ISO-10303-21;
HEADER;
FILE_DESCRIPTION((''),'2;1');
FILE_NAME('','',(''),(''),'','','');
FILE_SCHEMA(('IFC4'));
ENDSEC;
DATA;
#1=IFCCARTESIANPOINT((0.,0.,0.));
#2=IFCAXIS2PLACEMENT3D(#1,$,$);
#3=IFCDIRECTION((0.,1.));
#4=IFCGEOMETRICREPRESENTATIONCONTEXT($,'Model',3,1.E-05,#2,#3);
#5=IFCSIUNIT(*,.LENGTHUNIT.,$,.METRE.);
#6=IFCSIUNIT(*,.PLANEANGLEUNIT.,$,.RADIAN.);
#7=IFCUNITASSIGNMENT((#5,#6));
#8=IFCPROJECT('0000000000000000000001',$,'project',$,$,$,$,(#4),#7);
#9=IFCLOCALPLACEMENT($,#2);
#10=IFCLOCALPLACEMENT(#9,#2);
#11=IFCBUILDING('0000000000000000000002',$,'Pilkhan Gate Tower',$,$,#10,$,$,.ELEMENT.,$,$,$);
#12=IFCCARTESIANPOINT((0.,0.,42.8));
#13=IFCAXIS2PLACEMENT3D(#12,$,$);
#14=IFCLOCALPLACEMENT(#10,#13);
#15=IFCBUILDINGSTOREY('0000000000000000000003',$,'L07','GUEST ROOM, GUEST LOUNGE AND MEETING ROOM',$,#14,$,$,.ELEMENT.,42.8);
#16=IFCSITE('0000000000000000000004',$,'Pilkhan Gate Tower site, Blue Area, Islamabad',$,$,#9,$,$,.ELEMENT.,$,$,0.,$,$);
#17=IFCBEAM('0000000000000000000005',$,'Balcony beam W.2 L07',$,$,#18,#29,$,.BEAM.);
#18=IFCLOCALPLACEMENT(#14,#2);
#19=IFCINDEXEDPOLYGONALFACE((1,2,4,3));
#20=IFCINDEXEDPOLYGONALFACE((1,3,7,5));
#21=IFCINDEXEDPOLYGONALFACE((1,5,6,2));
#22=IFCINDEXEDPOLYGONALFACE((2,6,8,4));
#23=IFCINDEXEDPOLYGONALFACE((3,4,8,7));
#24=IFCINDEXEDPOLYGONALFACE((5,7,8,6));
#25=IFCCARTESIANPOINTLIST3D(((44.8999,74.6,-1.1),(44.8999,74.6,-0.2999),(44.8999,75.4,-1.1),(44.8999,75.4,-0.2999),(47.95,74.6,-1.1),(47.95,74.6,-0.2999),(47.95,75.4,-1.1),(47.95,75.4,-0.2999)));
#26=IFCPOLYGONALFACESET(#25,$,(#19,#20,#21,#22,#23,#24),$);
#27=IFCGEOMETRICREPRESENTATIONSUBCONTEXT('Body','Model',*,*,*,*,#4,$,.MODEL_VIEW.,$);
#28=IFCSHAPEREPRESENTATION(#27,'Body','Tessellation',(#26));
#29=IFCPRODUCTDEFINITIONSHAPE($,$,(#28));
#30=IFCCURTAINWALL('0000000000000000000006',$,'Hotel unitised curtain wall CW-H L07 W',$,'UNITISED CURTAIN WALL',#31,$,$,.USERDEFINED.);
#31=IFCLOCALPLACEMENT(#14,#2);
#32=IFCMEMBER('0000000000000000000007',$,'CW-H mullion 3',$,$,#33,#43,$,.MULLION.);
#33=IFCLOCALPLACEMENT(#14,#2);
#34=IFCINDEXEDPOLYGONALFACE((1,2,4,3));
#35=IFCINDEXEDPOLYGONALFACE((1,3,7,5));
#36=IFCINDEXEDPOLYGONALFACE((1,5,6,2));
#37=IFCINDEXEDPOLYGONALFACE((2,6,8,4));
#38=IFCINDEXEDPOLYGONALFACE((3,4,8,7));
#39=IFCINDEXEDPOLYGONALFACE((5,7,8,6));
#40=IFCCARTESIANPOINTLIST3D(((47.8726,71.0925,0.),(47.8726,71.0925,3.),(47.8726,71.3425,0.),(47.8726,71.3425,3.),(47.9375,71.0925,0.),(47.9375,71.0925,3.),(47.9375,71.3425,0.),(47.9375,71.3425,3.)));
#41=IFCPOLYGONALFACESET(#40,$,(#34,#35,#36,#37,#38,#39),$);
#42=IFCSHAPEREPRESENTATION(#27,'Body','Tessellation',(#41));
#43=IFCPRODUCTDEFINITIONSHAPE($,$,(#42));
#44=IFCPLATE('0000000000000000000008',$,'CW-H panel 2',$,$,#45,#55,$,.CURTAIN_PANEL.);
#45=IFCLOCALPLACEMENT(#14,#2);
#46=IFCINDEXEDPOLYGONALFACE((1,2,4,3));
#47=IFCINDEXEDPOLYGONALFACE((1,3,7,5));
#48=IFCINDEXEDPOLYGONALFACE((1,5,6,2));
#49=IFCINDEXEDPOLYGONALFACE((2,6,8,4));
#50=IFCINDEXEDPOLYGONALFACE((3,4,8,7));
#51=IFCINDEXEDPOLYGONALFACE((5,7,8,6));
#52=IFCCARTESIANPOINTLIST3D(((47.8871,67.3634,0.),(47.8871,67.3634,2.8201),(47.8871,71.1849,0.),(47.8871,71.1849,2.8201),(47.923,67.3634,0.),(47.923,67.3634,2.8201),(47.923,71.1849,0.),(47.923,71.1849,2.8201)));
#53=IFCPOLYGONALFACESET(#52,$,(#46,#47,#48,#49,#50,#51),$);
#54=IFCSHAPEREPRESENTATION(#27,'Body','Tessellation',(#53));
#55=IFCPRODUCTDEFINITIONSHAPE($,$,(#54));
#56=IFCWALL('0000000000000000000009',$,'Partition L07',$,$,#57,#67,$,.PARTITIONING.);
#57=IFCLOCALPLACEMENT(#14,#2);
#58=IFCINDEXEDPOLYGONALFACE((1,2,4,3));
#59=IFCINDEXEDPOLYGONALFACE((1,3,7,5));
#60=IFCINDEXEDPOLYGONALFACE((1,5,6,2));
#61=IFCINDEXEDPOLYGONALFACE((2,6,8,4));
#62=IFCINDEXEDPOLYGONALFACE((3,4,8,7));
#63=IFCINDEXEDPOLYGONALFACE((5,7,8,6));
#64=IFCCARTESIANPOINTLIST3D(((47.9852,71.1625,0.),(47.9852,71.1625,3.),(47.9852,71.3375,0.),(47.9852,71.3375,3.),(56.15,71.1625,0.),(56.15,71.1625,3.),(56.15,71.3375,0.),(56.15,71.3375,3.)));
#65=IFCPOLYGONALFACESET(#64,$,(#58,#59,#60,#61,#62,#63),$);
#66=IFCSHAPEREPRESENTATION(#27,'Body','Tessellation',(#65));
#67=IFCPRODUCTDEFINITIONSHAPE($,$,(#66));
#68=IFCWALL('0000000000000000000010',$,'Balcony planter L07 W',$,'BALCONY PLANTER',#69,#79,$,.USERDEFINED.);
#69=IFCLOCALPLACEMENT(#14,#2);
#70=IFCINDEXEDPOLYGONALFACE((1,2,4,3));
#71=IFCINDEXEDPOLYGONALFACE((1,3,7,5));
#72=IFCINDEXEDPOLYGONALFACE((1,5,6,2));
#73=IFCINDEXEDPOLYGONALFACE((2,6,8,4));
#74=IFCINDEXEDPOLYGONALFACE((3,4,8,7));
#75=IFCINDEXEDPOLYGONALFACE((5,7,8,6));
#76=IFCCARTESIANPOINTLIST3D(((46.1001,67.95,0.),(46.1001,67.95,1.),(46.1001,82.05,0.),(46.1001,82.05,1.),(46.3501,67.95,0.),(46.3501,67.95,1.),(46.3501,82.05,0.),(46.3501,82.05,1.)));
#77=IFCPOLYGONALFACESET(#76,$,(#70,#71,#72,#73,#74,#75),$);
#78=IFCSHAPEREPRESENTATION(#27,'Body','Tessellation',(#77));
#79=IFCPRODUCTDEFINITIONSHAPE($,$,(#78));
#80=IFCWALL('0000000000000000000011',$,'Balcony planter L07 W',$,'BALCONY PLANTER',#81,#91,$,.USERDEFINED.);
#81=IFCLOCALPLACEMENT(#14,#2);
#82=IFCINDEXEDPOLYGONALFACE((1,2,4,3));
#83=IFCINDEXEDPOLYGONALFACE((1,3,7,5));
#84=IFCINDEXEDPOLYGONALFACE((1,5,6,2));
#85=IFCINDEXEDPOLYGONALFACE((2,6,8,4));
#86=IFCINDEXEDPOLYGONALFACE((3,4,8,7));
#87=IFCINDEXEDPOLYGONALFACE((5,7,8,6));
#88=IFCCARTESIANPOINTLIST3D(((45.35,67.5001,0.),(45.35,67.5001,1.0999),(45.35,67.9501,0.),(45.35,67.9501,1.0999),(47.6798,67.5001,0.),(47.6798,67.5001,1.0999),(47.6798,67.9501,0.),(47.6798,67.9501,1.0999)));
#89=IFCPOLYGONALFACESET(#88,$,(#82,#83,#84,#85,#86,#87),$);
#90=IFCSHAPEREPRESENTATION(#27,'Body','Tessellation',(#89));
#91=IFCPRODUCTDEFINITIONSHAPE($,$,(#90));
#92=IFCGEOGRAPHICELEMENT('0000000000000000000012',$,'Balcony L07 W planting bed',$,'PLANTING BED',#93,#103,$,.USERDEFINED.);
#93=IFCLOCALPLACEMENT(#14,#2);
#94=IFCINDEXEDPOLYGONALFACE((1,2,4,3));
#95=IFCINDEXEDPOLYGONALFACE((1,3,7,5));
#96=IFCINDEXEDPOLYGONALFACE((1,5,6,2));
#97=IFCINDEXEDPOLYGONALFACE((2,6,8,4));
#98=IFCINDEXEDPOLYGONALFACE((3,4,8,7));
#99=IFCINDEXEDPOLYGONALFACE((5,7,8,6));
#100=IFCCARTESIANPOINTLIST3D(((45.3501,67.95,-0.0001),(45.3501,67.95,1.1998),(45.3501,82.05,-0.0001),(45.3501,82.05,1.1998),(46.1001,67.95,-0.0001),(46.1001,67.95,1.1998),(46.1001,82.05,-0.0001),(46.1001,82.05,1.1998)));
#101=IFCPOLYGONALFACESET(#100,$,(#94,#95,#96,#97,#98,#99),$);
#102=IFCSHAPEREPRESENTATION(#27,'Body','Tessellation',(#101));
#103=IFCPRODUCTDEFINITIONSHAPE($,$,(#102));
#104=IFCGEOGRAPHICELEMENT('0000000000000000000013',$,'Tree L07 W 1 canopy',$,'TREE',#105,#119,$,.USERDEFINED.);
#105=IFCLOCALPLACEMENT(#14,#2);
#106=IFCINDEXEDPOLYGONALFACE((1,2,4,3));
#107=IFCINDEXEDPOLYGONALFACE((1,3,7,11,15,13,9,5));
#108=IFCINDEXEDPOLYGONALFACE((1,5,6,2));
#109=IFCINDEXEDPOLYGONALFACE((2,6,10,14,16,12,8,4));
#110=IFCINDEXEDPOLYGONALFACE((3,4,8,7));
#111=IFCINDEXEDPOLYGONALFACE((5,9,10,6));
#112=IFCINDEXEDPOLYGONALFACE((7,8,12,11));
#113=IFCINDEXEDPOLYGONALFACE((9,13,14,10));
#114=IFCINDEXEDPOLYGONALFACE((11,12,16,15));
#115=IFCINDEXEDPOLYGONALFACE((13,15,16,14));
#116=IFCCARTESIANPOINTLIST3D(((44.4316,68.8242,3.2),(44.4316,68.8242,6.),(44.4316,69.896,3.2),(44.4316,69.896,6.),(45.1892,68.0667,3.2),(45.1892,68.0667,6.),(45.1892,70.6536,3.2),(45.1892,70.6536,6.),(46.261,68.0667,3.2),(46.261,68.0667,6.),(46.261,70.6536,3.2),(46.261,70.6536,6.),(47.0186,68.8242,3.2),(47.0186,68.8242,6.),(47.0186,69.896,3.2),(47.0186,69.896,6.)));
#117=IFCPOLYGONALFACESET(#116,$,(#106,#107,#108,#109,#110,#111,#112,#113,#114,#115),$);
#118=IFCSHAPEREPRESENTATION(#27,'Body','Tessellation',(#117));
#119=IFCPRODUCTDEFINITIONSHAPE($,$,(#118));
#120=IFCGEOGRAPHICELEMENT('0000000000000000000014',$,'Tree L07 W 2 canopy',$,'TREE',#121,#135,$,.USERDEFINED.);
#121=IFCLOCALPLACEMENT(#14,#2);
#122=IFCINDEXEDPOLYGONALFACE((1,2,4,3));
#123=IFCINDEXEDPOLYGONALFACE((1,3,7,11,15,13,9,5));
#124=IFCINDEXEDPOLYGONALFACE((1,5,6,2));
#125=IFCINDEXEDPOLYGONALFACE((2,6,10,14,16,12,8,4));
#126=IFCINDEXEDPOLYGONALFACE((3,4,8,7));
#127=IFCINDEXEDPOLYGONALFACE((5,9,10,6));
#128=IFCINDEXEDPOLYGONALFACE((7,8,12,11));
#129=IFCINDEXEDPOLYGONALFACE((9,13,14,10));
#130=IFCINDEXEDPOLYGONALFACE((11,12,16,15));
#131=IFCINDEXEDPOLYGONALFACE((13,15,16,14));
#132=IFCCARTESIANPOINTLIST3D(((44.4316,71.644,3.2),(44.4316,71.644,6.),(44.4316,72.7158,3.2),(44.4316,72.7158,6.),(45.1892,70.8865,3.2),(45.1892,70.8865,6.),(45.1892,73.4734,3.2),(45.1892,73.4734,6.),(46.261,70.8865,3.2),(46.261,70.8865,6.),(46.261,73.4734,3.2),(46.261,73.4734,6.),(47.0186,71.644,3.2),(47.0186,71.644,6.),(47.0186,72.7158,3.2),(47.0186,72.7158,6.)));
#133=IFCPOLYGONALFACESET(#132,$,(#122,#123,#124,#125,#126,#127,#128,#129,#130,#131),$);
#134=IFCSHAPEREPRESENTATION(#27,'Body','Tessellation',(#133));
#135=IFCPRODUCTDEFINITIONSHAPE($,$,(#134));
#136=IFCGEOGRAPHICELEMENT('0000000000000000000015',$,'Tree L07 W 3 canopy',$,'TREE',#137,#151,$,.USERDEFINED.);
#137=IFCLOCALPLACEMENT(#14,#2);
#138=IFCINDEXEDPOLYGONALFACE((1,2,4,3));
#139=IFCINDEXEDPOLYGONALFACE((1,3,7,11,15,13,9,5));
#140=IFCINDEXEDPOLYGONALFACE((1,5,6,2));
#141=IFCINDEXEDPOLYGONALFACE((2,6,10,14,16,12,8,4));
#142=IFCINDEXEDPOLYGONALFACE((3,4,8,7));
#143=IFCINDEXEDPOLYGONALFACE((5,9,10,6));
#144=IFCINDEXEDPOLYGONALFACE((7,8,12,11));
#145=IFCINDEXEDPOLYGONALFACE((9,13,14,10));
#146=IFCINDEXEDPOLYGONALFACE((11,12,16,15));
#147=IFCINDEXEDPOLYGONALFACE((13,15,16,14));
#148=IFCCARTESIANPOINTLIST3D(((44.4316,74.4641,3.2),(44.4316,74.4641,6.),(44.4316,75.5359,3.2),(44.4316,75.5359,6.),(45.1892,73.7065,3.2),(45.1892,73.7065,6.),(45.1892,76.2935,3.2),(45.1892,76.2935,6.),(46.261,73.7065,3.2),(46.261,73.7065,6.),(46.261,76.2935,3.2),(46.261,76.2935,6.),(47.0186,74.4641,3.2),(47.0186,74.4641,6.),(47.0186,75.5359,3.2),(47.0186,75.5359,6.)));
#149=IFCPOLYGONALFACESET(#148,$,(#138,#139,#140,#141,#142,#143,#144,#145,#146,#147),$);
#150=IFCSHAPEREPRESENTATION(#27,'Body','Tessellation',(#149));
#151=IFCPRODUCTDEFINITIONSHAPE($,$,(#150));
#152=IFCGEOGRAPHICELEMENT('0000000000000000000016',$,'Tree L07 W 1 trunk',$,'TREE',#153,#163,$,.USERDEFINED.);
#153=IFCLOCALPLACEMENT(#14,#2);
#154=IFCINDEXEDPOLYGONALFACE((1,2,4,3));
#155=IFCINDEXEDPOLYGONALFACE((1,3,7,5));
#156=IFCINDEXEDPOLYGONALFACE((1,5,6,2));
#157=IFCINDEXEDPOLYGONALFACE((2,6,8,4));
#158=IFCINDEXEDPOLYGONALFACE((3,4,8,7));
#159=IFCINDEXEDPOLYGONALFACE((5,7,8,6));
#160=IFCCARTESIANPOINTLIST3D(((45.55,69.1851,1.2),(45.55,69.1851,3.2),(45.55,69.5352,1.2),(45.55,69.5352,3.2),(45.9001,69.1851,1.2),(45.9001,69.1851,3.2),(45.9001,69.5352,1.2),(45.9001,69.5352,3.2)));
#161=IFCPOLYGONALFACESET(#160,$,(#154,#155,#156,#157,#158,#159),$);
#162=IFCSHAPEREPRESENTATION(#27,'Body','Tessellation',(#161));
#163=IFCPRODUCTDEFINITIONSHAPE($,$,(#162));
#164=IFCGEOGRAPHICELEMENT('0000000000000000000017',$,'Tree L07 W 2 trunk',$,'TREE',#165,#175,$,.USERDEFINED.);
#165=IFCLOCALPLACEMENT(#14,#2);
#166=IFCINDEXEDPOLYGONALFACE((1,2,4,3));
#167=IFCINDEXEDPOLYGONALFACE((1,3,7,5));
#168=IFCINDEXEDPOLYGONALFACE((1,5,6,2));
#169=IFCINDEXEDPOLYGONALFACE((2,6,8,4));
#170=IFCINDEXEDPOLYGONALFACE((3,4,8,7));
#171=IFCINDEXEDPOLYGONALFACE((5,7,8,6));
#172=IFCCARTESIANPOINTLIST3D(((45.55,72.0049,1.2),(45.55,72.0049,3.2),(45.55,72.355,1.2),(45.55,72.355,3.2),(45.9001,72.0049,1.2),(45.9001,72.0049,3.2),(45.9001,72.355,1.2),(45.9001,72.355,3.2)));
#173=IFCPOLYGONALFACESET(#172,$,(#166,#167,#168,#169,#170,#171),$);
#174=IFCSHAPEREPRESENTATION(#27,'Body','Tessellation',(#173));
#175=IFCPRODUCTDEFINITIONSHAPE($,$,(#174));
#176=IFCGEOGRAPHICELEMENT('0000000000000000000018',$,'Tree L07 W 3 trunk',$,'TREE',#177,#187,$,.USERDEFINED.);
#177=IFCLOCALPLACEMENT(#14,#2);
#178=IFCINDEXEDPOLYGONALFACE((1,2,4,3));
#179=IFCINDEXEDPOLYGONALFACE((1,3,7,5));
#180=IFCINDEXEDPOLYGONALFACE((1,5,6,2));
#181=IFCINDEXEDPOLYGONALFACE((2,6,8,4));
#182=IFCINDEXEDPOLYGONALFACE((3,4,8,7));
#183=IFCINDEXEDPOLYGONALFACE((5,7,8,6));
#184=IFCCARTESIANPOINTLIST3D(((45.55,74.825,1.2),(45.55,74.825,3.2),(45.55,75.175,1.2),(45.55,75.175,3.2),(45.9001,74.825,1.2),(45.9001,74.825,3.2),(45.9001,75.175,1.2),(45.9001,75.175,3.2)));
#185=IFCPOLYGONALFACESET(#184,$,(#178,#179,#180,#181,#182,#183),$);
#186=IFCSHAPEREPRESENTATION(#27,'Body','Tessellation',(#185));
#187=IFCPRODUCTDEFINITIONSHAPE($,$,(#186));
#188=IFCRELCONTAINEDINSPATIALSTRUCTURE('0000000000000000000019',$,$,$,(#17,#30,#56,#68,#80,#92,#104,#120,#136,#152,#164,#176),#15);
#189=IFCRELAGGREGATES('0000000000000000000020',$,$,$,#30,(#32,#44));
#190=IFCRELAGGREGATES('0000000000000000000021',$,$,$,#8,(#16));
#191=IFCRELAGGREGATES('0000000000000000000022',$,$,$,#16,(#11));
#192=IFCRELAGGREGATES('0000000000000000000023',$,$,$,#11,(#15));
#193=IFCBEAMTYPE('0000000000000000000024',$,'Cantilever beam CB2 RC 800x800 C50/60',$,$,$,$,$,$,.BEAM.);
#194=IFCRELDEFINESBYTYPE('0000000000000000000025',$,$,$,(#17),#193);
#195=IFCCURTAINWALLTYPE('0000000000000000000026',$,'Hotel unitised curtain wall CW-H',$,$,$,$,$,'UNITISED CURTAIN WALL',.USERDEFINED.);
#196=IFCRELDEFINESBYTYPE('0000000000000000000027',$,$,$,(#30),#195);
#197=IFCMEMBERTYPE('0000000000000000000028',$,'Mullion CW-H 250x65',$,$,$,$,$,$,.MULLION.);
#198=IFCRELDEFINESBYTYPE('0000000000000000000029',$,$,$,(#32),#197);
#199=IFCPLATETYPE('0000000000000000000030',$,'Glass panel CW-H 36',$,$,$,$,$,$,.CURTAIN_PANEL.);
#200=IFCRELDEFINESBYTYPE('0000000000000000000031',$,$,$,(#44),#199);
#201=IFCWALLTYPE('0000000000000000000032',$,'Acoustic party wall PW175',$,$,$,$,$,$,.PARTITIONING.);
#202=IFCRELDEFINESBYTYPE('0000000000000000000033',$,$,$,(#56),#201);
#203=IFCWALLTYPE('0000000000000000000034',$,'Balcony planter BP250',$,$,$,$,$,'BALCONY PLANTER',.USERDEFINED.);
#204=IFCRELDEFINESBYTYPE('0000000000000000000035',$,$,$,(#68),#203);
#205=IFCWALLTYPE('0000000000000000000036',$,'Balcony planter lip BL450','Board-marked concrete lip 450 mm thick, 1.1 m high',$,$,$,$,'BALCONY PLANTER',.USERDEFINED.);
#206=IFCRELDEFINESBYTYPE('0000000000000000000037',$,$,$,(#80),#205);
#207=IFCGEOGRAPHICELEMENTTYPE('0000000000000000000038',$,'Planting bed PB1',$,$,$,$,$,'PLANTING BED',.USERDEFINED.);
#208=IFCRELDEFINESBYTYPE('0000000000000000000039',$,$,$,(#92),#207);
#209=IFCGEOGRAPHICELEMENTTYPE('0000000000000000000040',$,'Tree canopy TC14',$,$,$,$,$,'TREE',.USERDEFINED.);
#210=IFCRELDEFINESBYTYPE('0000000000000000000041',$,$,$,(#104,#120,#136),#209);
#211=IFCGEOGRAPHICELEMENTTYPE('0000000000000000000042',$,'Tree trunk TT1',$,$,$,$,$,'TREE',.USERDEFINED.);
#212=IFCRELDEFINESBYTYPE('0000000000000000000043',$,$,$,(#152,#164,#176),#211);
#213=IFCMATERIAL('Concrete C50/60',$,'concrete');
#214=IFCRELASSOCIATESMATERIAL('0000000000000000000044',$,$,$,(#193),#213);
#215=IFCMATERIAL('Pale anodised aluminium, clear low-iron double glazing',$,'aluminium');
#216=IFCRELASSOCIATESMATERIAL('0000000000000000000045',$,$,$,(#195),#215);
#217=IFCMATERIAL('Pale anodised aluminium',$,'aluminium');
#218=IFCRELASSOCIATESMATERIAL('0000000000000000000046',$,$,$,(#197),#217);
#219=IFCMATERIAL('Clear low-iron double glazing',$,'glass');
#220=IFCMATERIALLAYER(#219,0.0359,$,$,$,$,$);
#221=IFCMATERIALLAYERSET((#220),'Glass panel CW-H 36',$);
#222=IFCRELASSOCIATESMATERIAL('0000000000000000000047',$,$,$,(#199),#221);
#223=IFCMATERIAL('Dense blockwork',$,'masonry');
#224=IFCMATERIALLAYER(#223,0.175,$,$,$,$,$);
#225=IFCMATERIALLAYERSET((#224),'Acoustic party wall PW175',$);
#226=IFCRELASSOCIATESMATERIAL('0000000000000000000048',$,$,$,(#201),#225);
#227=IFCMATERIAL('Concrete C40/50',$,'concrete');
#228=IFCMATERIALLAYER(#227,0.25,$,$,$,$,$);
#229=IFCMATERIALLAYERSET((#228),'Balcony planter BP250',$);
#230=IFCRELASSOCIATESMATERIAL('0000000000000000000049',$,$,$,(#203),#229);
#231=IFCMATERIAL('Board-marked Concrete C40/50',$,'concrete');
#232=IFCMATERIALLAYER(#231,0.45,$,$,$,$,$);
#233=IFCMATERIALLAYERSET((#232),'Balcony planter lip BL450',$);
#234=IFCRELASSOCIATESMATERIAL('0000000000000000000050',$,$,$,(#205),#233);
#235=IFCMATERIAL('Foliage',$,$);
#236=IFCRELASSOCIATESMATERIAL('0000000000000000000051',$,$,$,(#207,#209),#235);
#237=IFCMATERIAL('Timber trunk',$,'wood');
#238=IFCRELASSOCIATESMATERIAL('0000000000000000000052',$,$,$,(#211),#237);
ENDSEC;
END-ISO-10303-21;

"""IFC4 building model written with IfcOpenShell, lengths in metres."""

from ifc_helpers import new_model, si_unit, direction, frame, frame_2d, origin, origin_2d, place, context, subcontext, project, spatial, polyline, rectangle, outline, extrude, material, layer, layer_set, material_profile, profile_set, type_object, element, aggregate, save


model = new_model("IFC4")

# Units and contexts
model_context = context("Model", 3, precision=1e-05, world=origin(), true_north=direction((0.0, 1.0)))
body_context = subcontext(model_context, "Body", "Model", "MODEL_VIEW")
ifc_project = project(units=[si_unit("LENGTHUNIT", "METRE"), si_unit("PLANEANGLEUNIT", "RADIAN")], contexts=[model_context])

# Site, building, storey
site_placement = place(None, origin())
site = spatial("IfcSite", under=ifc_project, at=site_placement, Name="Pilkhan Gate Tower site, Blue Area, Islamabad", CompositionType="ELEMENT", RefElevation=0.0)
building_placement = place(site_placement, origin())
building = spatial("IfcBuilding", under=site, at=building_placement, Name="Pilkhan Gate Tower", CompositionType="ELEMENT")
storey_placement = place(building_placement, frame((0.0, 0.0, 42.8)))
storey = spatial("IfcBuildingStorey", under=building, at=storey_placement, Name="L07", Description="GUEST ROOM, GUEST LOUNGE AND MEETING ROOM", CompositionType="ELEMENT", Elevation=42.8)

# Beam
ifc_material_1 = material(Name="Concrete C50/60", Category="concrete")
ifc_material_profile_1 = material_profile(ifc_material_1, rectangle(XDim=0.8, YDim=0.8, at=origin_2d()), Name="RC 800x800")
ifc_profile_set_1 = profile_set([ifc_material_profile_1], Name="Concrete C50/60")
beam_type = type_object("IfcBeamType", Name="Cantilever beam CB2 RC 800x800 C50/60", PredefinedType="BEAM", material=ifc_profile_set_1)
beam_placement = place(storey_placement, frame((47.95, 75.0, -0.7), z_axis=(-1.0, 0.0, 0.0), x_axis=(0.0, -1.0, 0.0)))
element("IfcBeam", 1, at=beam_placement, inside=storey, type_object=beam_type, Name="Balcony beam W.2 L07", PredefinedType="BEAM", context=body_context, shape_type="SweptSolid", body=[
    extrude(rectangle(XDim=0.8, YDim=0.8, at=origin_2d()), origin(), (0.0, 0.0, 1.0), 3.05),
])

# Curtain wall, member, plate
ifc_material_2 = material(Name="Pale anodised aluminium, clear low-iron double glazing", Category="aluminium")
curtain_wall_type = type_object("IfcCurtainWallType", Name="Hotel unitised curtain wall CW-H", ElementType="UNITISED CURTAIN WALL", PredefinedType="USERDEFINED", material=ifc_material_2)
curtain_wall_placement = place(storey_placement, origin())
curtain_wall = element("IfcCurtainWall", 2, at=curtain_wall_placement, inside=storey, type_object=curtain_wall_type, Name="Hotel unitised curtain wall CW-H L07 W", ObjectType="UNITISED CURTAIN WALL", PredefinedType="USERDEFINED")
ifc_material_3 = material(Name="Pale anodised aluminium", Category="aluminium")
ifc_material_profile_2 = material_profile(ifc_material_3, rectangle(XDim=0.0649, YDim=0.25, at=origin_2d()), Name="Mullion 250x65")
ifc_profile_set_2 = profile_set([ifc_material_profile_2], Name="Pale anodised aluminium")
member_type = type_object("IfcMemberType", Name="Mullion CW-H 250x65", PredefinedType="MULLION", material=ifc_profile_set_2)
member_placement = place(storey_placement, frame((47.905, 71.2175, 0.0), z_axis=(0.0, 0.0, 1.0), x_axis=(-1.0, 0.0, 0.0)))
member = element("IfcMember", 3, at=member_placement, type_object=member_type, Name="CW-H mullion 3", PredefinedType="MULLION", context=body_context, shape_type="SweptSolid", body=[
    extrude(rectangle(XDim=0.0649, YDim=0.25, at=origin_2d()), origin(), (0.0, 0.0, 1.0), 3.0),
])
ifc_material_4 = material(Name="Clear low-iron double glazing", Category="glass")
ifc_layer_1 = layer(ifc_material_4, 0.0359)
ifc_layer_set_1 = layer_set([ifc_layer_1], Name="Glass panel CW-H 36")
plate_type = type_object("IfcPlateType", Name="Glass panel CW-H 36", PredefinedType="CURTAIN_PANEL", material=ifc_layer_set_1)
plate_placement = place(storey_placement, frame((47.905, 69.2742, 0.0), z_axis=(0.0, 0.0, 1.0), x_axis=(0.0, 1.0, 0.0)))
plate = element("IfcPlate", 4, at=plate_placement, type_object=plate_type, Name="CW-H panel 2", PredefinedType="CURTAIN_PANEL", context=body_context, shape_type="SweptSolid", body=[
    extrude(rectangle(XDim=3.8215, YDim=0.0359, at=origin_2d()), origin(), (0.0, 0.0, 1.0), 2.8201),
])
aggregate(curtain_wall, [member, plate])

# Walls
ifc_material_5 = material(Name="Dense blockwork", Category="masonry")
ifc_layer_2 = layer(ifc_material_5, 0.175)
ifc_layer_set_2 = layer_set([ifc_layer_2], Name="Acoustic party wall PW175")
wall_type_1 = type_object("IfcWallType", Name="Acoustic party wall PW175", PredefinedType="PARTITIONING", material=ifc_layer_set_2)
wall_1_placement = place(storey_placement, frame((47.9851, 71.25, 0.0), z_axis=(0.0, 0.0, 1.0), x_axis=(1.0, 0.0, 0.0)))
element("IfcWall", 5, at=wall_1_placement, inside=storey, type_object=wall_type_1, Name="Partition L07", PredefinedType="PARTITIONING", context=body_context, shape_type="SweptSolid", body=[
    extrude(rectangle(XDim=8.1648, YDim=0.175, at=frame_2d((4.0825, 0.0))), origin(), (0.0, 0.0, 1.0), 3.0),
])
ifc_material_6 = material(Name="Concrete C40/50", Category="concrete")
ifc_layer_3 = layer(ifc_material_6, 0.25)
ifc_layer_set_3 = layer_set([ifc_layer_3], Name="Balcony planter BP250")
wall_type_2 = type_object("IfcWallType", Name="Balcony planter BP250", ElementType="BALCONY PLANTER", PredefinedType="USERDEFINED", material=ifc_layer_set_3)
wall_2_placement = place(storey_placement, frame((46.2251, 67.95, 0.0), z_axis=(0.0, 0.0, 1.0), x_axis=(0.0, 1.0, 0.0)))
element("IfcWall", 6, at=wall_2_placement, inside=storey, type_object=wall_type_2, Name="Balcony planter L07 W", ObjectType="BALCONY PLANTER", PredefinedType="USERDEFINED", context=body_context, shape_type="SweptSolid", body=[
    extrude(rectangle(XDim=14.1001, YDim=0.25, at=frame_2d((7.05, 0.0))), origin(), (0.0, 0.0, 1.0), 1.0),
])
ifc_material_7 = material(Name="Board-marked Concrete C40/50", Category="concrete")
ifc_layer_4 = layer(ifc_material_7, 0.45)
ifc_layer_set_4 = layer_set([ifc_layer_4], Name="Balcony planter lip BL450")
wall_type_3 = type_object("IfcWallType", Name="Balcony planter lip BL450", Description="Board-marked concrete lip 450 mm thick, 1.1 m high", ElementType="BALCONY PLANTER", PredefinedType="USERDEFINED", material=ifc_layer_set_4)
wall_3_placement = place(storey_placement, frame((47.6799, 67.7251, 0.0), z_axis=(0.0, 0.0, 1.0), x_axis=(-1.0, 0.0, 0.0)))
element("IfcWall", 7, at=wall_3_placement, inside=storey, type_object=wall_type_3, Name="Balcony planter L07 W", ObjectType="BALCONY PLANTER", PredefinedType="USERDEFINED", context=body_context, shape_type="SweptSolid", body=[
    extrude(rectangle(XDim=2.3298, YDim=0.45, at=frame_2d((1.165, 0.0))), origin(), (0.0, 0.0, 1.0), 1.0999),
])

# Geographic elements
ifc_material_8 = material(Name="Foliage")
ifc_material_profile_3 = material_profile(ifc_material_8, rectangle(XDim=0.75, YDim=1.2, at=origin_2d()), Name="Bed 750x1200")
ifc_profile_set_3 = profile_set([ifc_material_profile_3], Name="Foliage")
geographic_element_type_1 = type_object("IfcGeographicElementType", Name="Planting bed PB1", ElementType="PLANTING BED", PredefinedType="USERDEFINED", material=ifc_profile_set_3)
geographic_element_placement = place(storey_placement, frame((45.7251, 67.95, 0.5999), z_axis=(0.0, 1.0, 0.0), x_axis=(-1.0, 0.0, 0.0)))
element("IfcGeographicElement", 8, at=geographic_element_placement, inside=storey, type_object=geographic_element_type_1, Name="Balcony L07 W planting bed", ObjectType="PLANTING BED", PredefinedType="USERDEFINED", context=body_context, shape_type="SweptSolid", body=[
    extrude(rectangle(XDim=0.75, YDim=1.2, at=origin_2d()), origin(), (0.0, 0.0, 1.0), 14.1001),
])
ifc_material_profile_4 = material_profile(ifc_material_8, outline(polyline([(1.2935, 0.5359), (0.5359, 1.2935), (-0.5359, 1.2935), (-1.2935, 0.5359), (-1.2935, -0.5359), (-0.5359, -1.2935), (0.5359, -1.2935), (1.2935, -0.5359), (1.2935, 0.5359)])), Name="Canopy D2.8")
ifc_profile_set_4 = profile_set([ifc_material_profile_4], Name="Foliage")
geographic_element_type_2 = type_object("IfcGeographicElementType", Name="Tree canopy TC14", ElementType="TREE", PredefinedType="USERDEFINED", material=ifc_profile_set_4)
for number, where, z_axis, x_axis, name in (
    (9, (45.7251, 69.3601, 3.2), (0.0, 0.0, 1.0), (1.0, 0.0, 0.0), "Tree L07 W 1 canopy"),
    (10, (45.7251, 72.1799, 3.2), (0.0, 0.0, 1.0), (1.0, 0.0, 0.0), "Tree L07 W 2 canopy"),
    (11, (45.7251, 75.0, 3.2), (0.0, 0.0, 1.0), (1.0, 0.0, 0.0), "Tree L07 W 3 canopy"),
):
    element("IfcGeographicElement", number, at=place(storey_placement, frame(where, z_axis=z_axis, x_axis=x_axis)), inside=storey, type_object=geographic_element_type_2, Name=name, ObjectType="TREE", PredefinedType="USERDEFINED", context=body_context, shape_type="SweptSolid", body=[
        extrude(outline(polyline([(1.2935, 0.5359), (0.5359, 1.2935), (-0.5359, 1.2935), (-1.2935, 0.5359), (-1.2935, -0.5359), (-0.5359, -1.2935), (0.5359, -1.2935), (1.2935, -0.5359), (1.2935, 0.5359)])), origin(), (0.0, 0.0, 1.0), 2.8),
    ])
ifc_material_9 = material(Name="Timber trunk", Category="wood")
geographic_element_type_3 = type_object("IfcGeographicElementType", Name="Tree trunk TT1", ElementType="TREE", PredefinedType="USERDEFINED", material=ifc_material_9)
for number, where, z_axis, x_axis, name in (
    (12, (45.7251, 69.3601, 1.2), (0.0, 0.0, 1.0), (1.0, 0.0, 0.0), "Tree L07 W 1 trunk"),
    (13, (45.7251, 72.1799, 1.2), (0.0, 0.0, 1.0), (1.0, 0.0, 0.0), "Tree L07 W 2 trunk"),
    (14, (45.7251, 75.0, 1.2), (0.0, 0.0, 1.0), (1.0, 0.0, 0.0), "Tree L07 W 3 trunk"),
):
    element("IfcGeographicElement", number, at=place(storey_placement, frame(where, z_axis=z_axis, x_axis=x_axis)), inside=storey, type_object=geographic_element_type_3, Name=name, ObjectType="TREE", PredefinedType="USERDEFINED", context=body_context, shape_type="SweptSolid", body=[
        extrude(rectangle(XDim=0.3501, YDim=0.3501, at=origin_2d()), origin(), (0.0, 0.0, 1.0), 2.0),
    ])

save(model, "model.ifc")
